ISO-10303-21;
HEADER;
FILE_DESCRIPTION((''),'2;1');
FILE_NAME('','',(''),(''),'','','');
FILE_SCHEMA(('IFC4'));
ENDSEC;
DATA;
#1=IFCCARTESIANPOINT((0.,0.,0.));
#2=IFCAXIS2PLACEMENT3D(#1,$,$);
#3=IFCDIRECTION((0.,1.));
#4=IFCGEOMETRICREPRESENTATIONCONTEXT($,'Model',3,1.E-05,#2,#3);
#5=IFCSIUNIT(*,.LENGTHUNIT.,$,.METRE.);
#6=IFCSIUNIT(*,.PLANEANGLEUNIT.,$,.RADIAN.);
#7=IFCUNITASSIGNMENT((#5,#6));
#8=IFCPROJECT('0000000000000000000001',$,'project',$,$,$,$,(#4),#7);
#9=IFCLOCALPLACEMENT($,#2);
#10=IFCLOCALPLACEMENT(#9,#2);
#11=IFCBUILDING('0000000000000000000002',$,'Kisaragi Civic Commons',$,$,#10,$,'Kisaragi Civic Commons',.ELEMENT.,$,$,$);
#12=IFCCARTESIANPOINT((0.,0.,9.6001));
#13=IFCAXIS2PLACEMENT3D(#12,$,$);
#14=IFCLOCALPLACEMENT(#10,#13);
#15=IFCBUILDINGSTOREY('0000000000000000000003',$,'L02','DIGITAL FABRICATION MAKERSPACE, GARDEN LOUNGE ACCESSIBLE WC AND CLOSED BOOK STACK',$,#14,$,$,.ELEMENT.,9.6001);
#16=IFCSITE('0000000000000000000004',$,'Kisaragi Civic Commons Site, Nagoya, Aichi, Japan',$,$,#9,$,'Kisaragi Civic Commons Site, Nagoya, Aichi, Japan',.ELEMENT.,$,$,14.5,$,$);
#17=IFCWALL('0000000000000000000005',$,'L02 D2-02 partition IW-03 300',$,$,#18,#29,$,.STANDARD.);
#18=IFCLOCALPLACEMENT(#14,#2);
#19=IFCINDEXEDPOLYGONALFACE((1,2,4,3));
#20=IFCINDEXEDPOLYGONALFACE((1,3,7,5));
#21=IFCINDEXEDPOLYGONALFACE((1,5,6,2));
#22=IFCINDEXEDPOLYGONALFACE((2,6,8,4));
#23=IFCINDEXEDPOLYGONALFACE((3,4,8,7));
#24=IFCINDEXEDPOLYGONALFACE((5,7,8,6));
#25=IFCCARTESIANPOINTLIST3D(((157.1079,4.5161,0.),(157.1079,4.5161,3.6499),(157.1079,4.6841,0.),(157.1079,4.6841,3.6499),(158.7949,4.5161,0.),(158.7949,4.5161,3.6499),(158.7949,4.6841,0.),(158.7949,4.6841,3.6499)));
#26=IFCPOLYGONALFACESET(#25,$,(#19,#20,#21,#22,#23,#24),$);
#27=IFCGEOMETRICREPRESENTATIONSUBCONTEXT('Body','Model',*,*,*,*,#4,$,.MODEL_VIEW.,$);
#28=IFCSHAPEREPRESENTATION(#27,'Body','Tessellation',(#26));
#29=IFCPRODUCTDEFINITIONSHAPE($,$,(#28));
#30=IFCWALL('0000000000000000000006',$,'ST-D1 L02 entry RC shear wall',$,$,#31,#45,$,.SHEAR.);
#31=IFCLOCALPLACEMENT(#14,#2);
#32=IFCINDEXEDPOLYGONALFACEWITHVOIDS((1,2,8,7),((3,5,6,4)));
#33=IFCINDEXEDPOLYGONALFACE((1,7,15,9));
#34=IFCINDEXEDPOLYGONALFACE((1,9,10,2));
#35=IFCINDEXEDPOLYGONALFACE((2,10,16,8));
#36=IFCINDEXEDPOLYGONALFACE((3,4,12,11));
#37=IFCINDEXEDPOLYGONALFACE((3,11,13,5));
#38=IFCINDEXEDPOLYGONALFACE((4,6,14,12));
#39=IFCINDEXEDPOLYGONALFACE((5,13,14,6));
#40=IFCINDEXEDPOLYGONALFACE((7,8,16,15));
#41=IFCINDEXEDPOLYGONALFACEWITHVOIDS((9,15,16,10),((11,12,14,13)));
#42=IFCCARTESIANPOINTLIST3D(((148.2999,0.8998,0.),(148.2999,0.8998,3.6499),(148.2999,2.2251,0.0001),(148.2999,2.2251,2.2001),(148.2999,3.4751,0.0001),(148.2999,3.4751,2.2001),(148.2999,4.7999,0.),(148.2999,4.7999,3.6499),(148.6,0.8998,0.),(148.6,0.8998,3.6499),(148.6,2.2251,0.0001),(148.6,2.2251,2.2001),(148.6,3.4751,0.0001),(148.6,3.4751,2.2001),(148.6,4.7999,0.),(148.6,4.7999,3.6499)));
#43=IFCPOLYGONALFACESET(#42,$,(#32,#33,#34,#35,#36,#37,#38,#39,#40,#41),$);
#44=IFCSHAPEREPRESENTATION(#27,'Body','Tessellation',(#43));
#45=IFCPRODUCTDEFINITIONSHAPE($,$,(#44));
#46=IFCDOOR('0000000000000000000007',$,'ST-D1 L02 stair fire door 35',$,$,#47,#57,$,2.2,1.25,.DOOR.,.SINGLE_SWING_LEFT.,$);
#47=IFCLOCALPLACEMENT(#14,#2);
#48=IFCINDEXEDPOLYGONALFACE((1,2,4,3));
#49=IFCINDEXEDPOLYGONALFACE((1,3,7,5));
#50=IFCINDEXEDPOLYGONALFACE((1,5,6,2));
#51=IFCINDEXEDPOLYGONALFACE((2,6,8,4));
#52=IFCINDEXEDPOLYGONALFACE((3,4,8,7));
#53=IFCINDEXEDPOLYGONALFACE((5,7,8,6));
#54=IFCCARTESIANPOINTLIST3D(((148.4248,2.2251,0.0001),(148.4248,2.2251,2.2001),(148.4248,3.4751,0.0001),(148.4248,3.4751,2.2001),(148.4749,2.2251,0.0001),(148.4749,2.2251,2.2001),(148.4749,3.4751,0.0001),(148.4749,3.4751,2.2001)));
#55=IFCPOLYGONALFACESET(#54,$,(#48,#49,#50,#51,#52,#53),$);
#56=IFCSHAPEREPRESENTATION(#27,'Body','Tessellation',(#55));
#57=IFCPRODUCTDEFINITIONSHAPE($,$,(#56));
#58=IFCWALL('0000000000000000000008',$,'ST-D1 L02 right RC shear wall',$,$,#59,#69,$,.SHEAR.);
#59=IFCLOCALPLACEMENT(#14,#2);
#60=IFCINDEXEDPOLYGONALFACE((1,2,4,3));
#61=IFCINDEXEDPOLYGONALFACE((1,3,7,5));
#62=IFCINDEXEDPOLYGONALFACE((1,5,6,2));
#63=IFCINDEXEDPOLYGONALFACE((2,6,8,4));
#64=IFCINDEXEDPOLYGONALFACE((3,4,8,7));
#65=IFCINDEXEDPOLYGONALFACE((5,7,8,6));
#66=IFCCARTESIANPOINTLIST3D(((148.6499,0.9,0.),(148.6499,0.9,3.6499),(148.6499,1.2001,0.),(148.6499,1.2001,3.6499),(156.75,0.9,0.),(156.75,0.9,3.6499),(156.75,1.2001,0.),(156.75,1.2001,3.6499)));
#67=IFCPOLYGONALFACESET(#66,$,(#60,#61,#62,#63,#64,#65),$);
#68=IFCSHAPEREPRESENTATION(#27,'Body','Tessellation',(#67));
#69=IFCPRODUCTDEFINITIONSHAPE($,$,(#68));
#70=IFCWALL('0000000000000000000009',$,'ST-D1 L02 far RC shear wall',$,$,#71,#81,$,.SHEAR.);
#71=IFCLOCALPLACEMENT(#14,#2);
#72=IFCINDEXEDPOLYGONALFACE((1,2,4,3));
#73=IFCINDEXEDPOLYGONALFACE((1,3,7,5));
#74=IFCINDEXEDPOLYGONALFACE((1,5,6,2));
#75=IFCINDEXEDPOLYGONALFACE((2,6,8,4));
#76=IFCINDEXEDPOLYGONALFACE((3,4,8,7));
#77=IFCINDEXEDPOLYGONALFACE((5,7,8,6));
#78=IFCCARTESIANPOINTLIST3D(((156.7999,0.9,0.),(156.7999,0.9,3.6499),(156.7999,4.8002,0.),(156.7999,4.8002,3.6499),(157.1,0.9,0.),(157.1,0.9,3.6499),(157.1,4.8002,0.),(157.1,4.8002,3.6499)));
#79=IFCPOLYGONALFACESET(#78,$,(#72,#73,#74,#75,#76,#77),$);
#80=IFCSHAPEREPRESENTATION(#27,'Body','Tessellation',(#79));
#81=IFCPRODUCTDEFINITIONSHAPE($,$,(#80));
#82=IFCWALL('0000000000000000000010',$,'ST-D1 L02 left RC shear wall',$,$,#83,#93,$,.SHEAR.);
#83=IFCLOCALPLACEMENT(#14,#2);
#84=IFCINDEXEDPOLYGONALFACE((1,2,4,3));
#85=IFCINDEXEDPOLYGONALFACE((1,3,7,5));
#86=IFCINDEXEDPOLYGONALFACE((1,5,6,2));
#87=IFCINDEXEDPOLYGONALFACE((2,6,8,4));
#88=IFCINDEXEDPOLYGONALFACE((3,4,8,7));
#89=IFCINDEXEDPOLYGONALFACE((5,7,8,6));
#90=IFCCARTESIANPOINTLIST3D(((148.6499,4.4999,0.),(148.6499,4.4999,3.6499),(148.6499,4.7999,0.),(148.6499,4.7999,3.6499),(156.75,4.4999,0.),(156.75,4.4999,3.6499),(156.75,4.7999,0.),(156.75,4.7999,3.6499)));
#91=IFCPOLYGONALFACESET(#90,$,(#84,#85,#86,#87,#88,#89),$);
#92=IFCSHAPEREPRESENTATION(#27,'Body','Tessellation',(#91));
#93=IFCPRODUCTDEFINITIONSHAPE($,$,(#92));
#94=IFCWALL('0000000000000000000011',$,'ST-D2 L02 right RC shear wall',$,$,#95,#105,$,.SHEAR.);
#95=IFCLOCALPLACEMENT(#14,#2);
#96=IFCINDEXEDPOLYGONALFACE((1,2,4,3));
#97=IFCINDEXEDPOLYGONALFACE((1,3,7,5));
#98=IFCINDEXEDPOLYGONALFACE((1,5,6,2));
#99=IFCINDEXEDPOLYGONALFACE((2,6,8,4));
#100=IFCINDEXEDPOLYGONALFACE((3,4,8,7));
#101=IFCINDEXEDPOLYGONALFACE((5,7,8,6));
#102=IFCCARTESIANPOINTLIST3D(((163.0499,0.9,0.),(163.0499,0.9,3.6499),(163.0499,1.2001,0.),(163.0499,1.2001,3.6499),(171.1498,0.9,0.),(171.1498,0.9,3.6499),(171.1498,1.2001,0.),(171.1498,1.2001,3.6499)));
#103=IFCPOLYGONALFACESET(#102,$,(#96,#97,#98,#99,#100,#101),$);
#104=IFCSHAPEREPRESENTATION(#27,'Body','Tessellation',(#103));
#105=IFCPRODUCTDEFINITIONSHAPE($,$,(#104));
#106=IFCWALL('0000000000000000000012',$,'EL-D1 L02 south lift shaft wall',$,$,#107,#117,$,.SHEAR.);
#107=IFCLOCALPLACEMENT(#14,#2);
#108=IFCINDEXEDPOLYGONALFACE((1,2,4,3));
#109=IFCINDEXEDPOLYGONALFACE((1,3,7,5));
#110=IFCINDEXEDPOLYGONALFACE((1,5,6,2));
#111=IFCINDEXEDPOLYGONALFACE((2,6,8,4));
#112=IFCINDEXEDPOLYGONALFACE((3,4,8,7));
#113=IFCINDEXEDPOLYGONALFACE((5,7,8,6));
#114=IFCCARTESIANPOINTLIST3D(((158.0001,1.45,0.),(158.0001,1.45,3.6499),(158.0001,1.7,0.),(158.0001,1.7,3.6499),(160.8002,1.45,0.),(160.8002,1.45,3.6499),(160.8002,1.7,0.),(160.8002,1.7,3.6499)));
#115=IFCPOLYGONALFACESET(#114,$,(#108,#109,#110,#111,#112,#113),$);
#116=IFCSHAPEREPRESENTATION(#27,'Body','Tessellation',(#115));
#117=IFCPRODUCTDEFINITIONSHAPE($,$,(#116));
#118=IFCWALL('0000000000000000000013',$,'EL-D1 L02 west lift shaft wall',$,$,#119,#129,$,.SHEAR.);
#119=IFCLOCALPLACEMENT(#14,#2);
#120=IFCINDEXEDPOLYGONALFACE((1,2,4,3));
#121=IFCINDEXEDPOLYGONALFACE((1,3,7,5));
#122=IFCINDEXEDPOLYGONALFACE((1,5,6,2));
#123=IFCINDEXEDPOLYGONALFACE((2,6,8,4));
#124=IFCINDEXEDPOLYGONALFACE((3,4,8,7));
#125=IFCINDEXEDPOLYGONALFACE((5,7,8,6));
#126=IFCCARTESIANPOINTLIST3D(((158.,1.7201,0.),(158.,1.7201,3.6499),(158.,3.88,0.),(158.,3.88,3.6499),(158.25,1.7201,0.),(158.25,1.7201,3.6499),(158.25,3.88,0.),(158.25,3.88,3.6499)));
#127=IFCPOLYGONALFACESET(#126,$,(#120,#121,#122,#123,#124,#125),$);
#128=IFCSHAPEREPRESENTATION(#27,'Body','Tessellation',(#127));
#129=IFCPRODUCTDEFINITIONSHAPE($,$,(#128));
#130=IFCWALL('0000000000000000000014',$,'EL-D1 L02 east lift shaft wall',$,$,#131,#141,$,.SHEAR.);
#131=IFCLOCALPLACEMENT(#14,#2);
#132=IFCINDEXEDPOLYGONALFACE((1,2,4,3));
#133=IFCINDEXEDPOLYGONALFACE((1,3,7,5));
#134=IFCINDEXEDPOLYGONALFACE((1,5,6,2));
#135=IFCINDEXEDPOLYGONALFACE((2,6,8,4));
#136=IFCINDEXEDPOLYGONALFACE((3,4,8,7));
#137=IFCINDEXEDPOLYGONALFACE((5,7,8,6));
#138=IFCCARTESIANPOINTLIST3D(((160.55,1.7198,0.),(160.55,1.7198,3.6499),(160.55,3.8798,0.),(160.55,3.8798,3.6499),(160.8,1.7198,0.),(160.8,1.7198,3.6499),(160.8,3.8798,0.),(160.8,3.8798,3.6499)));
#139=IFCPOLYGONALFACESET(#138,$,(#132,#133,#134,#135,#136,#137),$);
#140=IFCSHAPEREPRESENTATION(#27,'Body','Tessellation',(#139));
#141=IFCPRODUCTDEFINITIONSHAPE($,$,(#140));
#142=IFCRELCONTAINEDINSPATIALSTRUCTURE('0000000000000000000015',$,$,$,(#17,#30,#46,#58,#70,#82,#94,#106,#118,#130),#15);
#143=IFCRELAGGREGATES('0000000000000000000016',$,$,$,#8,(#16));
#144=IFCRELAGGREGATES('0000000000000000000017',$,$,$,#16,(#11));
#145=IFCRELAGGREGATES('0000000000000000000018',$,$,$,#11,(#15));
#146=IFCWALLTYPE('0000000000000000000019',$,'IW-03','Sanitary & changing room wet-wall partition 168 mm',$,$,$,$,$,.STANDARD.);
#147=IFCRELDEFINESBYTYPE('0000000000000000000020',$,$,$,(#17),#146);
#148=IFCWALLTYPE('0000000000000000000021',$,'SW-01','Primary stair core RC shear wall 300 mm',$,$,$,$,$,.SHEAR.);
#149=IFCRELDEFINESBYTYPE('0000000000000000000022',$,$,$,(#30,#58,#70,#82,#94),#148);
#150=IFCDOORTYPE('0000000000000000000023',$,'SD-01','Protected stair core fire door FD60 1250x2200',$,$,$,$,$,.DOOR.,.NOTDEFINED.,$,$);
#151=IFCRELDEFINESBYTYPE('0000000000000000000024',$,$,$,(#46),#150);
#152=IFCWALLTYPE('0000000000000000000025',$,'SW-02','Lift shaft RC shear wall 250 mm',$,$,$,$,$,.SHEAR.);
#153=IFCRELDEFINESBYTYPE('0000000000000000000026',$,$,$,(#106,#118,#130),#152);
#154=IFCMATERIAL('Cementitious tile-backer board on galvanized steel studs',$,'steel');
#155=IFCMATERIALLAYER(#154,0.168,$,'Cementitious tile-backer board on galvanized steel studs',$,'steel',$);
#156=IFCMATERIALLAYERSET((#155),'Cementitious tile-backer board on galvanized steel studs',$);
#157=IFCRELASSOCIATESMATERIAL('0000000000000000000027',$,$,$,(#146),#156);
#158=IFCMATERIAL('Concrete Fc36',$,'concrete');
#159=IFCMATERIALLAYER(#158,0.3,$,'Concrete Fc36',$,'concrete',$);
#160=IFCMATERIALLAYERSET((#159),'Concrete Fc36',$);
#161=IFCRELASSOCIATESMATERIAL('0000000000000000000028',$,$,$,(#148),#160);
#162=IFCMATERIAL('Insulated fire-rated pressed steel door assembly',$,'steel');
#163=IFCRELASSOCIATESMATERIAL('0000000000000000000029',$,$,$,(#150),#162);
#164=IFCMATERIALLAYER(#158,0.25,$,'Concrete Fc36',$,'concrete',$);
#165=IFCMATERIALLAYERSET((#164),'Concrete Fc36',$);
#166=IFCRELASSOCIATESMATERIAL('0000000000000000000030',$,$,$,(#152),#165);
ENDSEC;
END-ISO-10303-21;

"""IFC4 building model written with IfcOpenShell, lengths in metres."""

from ifc_helpers import new_model, si_unit, direction, frame, frame_2d, origin, place, context, subcontext, project, spatial, rectangle, extrude, material, layer, layer_set, type_object, element, fill, save


model = new_model("IFC4")

# Units and contexts
model_context = context("Model", 3, precision=1e-05, world=origin(), true_north=direction((0.0, 1.0)))
body_context = subcontext(model_context, "Body", "Model", "MODEL_VIEW")
ifc_project = project(units=[si_unit("LENGTHUNIT", "METRE"), si_unit("PLANEANGLEUNIT", "RADIAN")], contexts=[model_context])

# Site, building, storey
site_placement = place(None, origin())
site = spatial("IfcSite", under=ifc_project, at=site_placement, Name="Kisaragi Civic Commons Site, Nagoya, Aichi, Japan", LongName="Kisaragi Civic Commons Site, Nagoya, Aichi, Japan", CompositionType="ELEMENT", RefElevation=14.5)
building_placement = place(site_placement, origin())
building = spatial("IfcBuilding", under=site, at=building_placement, Name="Kisaragi Civic Commons", LongName="Kisaragi Civic Commons", CompositionType="ELEMENT")
storey_placement = place(building_placement, frame((0.0, 0.0, 9.6001)))
storey = spatial("IfcBuildingStorey", under=building, at=storey_placement, Name="L02", Description="DIGITAL FABRICATION MAKERSPACE, GARDEN LOUNGE ACCESSIBLE WC AND CLOSED BOOK STACK", CompositionType="ELEMENT", Elevation=9.6001)

# Shared definitions
ifc_material_1 = material(Name="Concrete Fc36", Category="concrete")

# Wall
ifc_material_2 = material(Name="Cementitious tile-backer board on galvanized steel studs", Category="steel")
ifc_layer_1 = layer(ifc_material_2, 0.168, Name="Cementitious tile-backer board on galvanized steel studs", Category="steel")
ifc_layer_set_1 = layer_set([ifc_layer_1], Name="Cementitious tile-backer board on galvanized steel studs")
wall_type_1 = type_object("IfcWallType", Name="IW-03", Description="Sanitary & changing room wet-wall partition 168 mm", PredefinedType="STANDARD", material=ifc_layer_set_1)
wall_1_placement = place(storey_placement, frame((158.7949, 4.6001, 0.0), z_axis=(0.0, 0.0, 1.0), x_axis=(-1.0, 0.0, 0.0)))
element("IfcWall", 1, at=wall_1_placement, inside=storey, type_object=wall_type_1, Name="L02 D2-02 partition IW-03 300", PredefinedType="STANDARD", context=body_context, shape_type="SweptSolid", body=[
    extrude(rectangle(XDim=1.687, YDim=0.168, at=frame_2d((0.8435, 0.0))), origin(), (0.0, 0.0, 1.0), 3.6499),
])

# Wall, opening, door
ifc_layer_2 = layer(ifc_material_1, 0.3, Name="Concrete Fc36", Category="concrete")
ifc_layer_set_2 = layer_set([ifc_layer_2], Name="Concrete Fc36")
wall_type_2 = type_object("IfcWallType", Name="SW-01", Description="Primary stair core RC shear wall 300 mm", PredefinedType="SHEAR", material=ifc_layer_set_2)
wall_2_placement = place(storey_placement, frame((148.45, 4.8, 0.0), z_axis=(0.0, 0.0, 1.0), x_axis=(0.0, -1.0, 0.0)))
wall_2 = element("IfcWall", 2, at=wall_2_placement, inside=storey, type_object=wall_type_2, Name="ST-D1 L02 entry RC shear wall", PredefinedType="SHEAR", context=body_context, shape_type="SweptSolid", body=[
    extrude(rectangle(XDim=3.9001, YDim=0.3, at=frame_2d((1.9502, 0.0))), origin(), (0.0, 0.0, 1.0), 3.6499),
])
opening_1_placement = place(wall_2_placement, frame((1.325, 0.0, 0.0)))
opening_1 = element("IfcOpeningElement", 3, at=opening_1_placement, cuts=wall_2, PredefinedType="OPENING", context=body_context, shape_type="SweptSolid", body=[
    extrude(rectangle(XDim=1.25, YDim=2.2, at=frame_2d((0.625, 1.1001))), frame((0.0, 0.1599, 0.0), z_axis=(0.0, -1.0, 0.0), x_axis=(1.0, 0.0, 0.0)), (0.0, 0.0, 1.0), 0.3201),
])
ifc_material_3 = material(Name="Insulated fire-rated pressed steel door assembly", Category="steel")
door_type_1 = type_object("IfcDoorType", Name="SD-01", Description="Protected stair core fire door FD60 1250x2200", OperationType="NOTDEFINED", PredefinedType="DOOR", material=ifc_material_3)
door_1_placement = place(opening_1_placement, origin())
door_1 = element("IfcDoor", 4, at=door_1_placement, inside=storey, type_object=door_type_1, Name="ST-D1 L02 stair fire door 35", OperationType="SINGLE_SWING_LEFT", OverallHeight=2.2, OverallWidth=1.25, PredefinedType="DOOR", context=body_context, shape_type="SweptSolid", body=[
    extrude(rectangle(XDim=1.25, YDim=2.2, at=frame_2d((0.625, 1.1001))), frame((0.0, 0.0249, 0.0), z_axis=(0.0, -1.0, 0.0), x_axis=(1.0, 0.0, 0.0)), (0.0, 0.0, 1.0), 0.05),
])
fill(opening_1, door_1)

# Walls
wall_3_placement = place(storey_placement, frame((148.6499, 1.05, 0.0), z_axis=(0.0, 0.0, 1.0), x_axis=(1.0, 0.0, 0.0)))
element("IfcWall", 5, at=wall_3_placement, inside=storey, type_object=wall_type_2, Name="ST-D1 L02 right RC shear wall", PredefinedType="SHEAR", context=body_context, shape_type="SweptSolid", body=[
    extrude(rectangle(XDim=8.1001, YDim=0.3, at=frame_2d((4.05, 0.0))), origin(), (0.0, 0.0, 1.0), 3.6499),
])
wall_4_placement = place(storey_placement, frame((156.95, 0.8999, 0.0), z_axis=(0.0, 0.0, 1.0), x_axis=(0.0, 1.0, 0.0)))
element("IfcWall", 6, at=wall_4_placement, inside=storey, type_object=wall_type_2, Name="ST-D1 L02 far RC shear wall", PredefinedType="SHEAR", context=body_context, shape_type="SweptSolid", body=[
    extrude(rectangle(XDim=3.9001, YDim=0.3, at=frame_2d((1.9502, 0.0))), origin(), (0.0, 0.0, 1.0), 3.6499),
])
wall_5_placement = place(storey_placement, frame((156.75, 4.6499, 0.0), z_axis=(0.0, 0.0, 1.0), x_axis=(-1.0, 0.0, 0.0)))
element("IfcWall", 7, at=wall_5_placement, inside=storey, type_object=wall_type_2, Name="ST-D1 L02 left RC shear wall", PredefinedType="SHEAR", context=body_context, shape_type="SweptSolid", body=[
    extrude(rectangle(XDim=8.1001, YDim=0.3, at=frame_2d((4.05, 0.0))), origin(), (0.0, 0.0, 1.0), 3.6499),
])
wall_6_placement = place(storey_placement, frame((163.05, 1.05, 0.0), z_axis=(0.0, 0.0, 1.0), x_axis=(1.0, 0.0, 0.0)))
element("IfcWall", 8, at=wall_6_placement, inside=storey, type_object=wall_type_2, Name="ST-D2 L02 right RC shear wall", PredefinedType="SHEAR", context=body_context, shape_type="SweptSolid", body=[
    extrude(rectangle(XDim=8.0999, YDim=0.3, at=frame_2d((4.0498, 0.0))), origin(), (0.0, 0.0, 1.0), 3.6499),
])
ifc_layer_3 = layer(ifc_material_1, 0.25, Name="Concrete Fc36", Category="concrete")
ifc_layer_set_3 = layer_set([ifc_layer_3], Name="Concrete Fc36")
wall_type_3 = type_object("IfcWallType", Name="SW-02", Description="Lift shaft RC shear wall 250 mm", PredefinedType="SHEAR", material=ifc_layer_set_3)
wall_7_placement = place(storey_placement, frame((160.8, 1.575, 0.0), z_axis=(0.0, 0.0, 1.0), x_axis=(-1.0, 0.0, 0.0)))
element("IfcWall", 9, at=wall_7_placement, inside=storey, type_object=wall_type_3, Name="EL-D1 L02 south lift shaft wall", PredefinedType="SHEAR", context=body_context, shape_type="SweptSolid", body=[
    extrude(rectangle(XDim=2.8, YDim=0.25, at=frame_2d((1.3999, 0.0))), origin(), (0.0, 0.0, 1.0), 3.6499),
])
wall_8_placement = place(storey_placement, frame((158.125, 1.72, 0.0), z_axis=(0.0, 0.0, 1.0), x_axis=(0.0, 1.0, 0.0)))
element("IfcWall", 10, at=wall_8_placement, inside=storey, type_object=wall_type_3, Name="EL-D1 L02 west lift shaft wall", PredefinedType="SHEAR", context=body_context, shape_type="SweptSolid", body=[
    extrude(rectangle(XDim=2.1599, YDim=0.25, at=frame_2d((1.0801, 0.0))), origin(), (0.0, 0.0, 1.0), 3.6499),
])

# Wall
wall_9_placement = place(storey_placement, frame((160.675, 3.8799, 0.0), z_axis=(0.0, 0.0, 1.0), x_axis=(0.0, -1.0, 0.0)))
element("IfcWall", 11, at=wall_9_placement, inside=storey, type_object=wall_type_3, Name="EL-D1 L02 east lift shaft wall", PredefinedType="SHEAR", context=body_context, shape_type="SweptSolid", body=[
    extrude(rectangle(XDim=2.1599, YDim=0.25, at=frame_2d((1.0801, 0.0))), origin(), (0.0, 0.0, 1.0), 3.6499),
])

save(model, "model.ifc")
